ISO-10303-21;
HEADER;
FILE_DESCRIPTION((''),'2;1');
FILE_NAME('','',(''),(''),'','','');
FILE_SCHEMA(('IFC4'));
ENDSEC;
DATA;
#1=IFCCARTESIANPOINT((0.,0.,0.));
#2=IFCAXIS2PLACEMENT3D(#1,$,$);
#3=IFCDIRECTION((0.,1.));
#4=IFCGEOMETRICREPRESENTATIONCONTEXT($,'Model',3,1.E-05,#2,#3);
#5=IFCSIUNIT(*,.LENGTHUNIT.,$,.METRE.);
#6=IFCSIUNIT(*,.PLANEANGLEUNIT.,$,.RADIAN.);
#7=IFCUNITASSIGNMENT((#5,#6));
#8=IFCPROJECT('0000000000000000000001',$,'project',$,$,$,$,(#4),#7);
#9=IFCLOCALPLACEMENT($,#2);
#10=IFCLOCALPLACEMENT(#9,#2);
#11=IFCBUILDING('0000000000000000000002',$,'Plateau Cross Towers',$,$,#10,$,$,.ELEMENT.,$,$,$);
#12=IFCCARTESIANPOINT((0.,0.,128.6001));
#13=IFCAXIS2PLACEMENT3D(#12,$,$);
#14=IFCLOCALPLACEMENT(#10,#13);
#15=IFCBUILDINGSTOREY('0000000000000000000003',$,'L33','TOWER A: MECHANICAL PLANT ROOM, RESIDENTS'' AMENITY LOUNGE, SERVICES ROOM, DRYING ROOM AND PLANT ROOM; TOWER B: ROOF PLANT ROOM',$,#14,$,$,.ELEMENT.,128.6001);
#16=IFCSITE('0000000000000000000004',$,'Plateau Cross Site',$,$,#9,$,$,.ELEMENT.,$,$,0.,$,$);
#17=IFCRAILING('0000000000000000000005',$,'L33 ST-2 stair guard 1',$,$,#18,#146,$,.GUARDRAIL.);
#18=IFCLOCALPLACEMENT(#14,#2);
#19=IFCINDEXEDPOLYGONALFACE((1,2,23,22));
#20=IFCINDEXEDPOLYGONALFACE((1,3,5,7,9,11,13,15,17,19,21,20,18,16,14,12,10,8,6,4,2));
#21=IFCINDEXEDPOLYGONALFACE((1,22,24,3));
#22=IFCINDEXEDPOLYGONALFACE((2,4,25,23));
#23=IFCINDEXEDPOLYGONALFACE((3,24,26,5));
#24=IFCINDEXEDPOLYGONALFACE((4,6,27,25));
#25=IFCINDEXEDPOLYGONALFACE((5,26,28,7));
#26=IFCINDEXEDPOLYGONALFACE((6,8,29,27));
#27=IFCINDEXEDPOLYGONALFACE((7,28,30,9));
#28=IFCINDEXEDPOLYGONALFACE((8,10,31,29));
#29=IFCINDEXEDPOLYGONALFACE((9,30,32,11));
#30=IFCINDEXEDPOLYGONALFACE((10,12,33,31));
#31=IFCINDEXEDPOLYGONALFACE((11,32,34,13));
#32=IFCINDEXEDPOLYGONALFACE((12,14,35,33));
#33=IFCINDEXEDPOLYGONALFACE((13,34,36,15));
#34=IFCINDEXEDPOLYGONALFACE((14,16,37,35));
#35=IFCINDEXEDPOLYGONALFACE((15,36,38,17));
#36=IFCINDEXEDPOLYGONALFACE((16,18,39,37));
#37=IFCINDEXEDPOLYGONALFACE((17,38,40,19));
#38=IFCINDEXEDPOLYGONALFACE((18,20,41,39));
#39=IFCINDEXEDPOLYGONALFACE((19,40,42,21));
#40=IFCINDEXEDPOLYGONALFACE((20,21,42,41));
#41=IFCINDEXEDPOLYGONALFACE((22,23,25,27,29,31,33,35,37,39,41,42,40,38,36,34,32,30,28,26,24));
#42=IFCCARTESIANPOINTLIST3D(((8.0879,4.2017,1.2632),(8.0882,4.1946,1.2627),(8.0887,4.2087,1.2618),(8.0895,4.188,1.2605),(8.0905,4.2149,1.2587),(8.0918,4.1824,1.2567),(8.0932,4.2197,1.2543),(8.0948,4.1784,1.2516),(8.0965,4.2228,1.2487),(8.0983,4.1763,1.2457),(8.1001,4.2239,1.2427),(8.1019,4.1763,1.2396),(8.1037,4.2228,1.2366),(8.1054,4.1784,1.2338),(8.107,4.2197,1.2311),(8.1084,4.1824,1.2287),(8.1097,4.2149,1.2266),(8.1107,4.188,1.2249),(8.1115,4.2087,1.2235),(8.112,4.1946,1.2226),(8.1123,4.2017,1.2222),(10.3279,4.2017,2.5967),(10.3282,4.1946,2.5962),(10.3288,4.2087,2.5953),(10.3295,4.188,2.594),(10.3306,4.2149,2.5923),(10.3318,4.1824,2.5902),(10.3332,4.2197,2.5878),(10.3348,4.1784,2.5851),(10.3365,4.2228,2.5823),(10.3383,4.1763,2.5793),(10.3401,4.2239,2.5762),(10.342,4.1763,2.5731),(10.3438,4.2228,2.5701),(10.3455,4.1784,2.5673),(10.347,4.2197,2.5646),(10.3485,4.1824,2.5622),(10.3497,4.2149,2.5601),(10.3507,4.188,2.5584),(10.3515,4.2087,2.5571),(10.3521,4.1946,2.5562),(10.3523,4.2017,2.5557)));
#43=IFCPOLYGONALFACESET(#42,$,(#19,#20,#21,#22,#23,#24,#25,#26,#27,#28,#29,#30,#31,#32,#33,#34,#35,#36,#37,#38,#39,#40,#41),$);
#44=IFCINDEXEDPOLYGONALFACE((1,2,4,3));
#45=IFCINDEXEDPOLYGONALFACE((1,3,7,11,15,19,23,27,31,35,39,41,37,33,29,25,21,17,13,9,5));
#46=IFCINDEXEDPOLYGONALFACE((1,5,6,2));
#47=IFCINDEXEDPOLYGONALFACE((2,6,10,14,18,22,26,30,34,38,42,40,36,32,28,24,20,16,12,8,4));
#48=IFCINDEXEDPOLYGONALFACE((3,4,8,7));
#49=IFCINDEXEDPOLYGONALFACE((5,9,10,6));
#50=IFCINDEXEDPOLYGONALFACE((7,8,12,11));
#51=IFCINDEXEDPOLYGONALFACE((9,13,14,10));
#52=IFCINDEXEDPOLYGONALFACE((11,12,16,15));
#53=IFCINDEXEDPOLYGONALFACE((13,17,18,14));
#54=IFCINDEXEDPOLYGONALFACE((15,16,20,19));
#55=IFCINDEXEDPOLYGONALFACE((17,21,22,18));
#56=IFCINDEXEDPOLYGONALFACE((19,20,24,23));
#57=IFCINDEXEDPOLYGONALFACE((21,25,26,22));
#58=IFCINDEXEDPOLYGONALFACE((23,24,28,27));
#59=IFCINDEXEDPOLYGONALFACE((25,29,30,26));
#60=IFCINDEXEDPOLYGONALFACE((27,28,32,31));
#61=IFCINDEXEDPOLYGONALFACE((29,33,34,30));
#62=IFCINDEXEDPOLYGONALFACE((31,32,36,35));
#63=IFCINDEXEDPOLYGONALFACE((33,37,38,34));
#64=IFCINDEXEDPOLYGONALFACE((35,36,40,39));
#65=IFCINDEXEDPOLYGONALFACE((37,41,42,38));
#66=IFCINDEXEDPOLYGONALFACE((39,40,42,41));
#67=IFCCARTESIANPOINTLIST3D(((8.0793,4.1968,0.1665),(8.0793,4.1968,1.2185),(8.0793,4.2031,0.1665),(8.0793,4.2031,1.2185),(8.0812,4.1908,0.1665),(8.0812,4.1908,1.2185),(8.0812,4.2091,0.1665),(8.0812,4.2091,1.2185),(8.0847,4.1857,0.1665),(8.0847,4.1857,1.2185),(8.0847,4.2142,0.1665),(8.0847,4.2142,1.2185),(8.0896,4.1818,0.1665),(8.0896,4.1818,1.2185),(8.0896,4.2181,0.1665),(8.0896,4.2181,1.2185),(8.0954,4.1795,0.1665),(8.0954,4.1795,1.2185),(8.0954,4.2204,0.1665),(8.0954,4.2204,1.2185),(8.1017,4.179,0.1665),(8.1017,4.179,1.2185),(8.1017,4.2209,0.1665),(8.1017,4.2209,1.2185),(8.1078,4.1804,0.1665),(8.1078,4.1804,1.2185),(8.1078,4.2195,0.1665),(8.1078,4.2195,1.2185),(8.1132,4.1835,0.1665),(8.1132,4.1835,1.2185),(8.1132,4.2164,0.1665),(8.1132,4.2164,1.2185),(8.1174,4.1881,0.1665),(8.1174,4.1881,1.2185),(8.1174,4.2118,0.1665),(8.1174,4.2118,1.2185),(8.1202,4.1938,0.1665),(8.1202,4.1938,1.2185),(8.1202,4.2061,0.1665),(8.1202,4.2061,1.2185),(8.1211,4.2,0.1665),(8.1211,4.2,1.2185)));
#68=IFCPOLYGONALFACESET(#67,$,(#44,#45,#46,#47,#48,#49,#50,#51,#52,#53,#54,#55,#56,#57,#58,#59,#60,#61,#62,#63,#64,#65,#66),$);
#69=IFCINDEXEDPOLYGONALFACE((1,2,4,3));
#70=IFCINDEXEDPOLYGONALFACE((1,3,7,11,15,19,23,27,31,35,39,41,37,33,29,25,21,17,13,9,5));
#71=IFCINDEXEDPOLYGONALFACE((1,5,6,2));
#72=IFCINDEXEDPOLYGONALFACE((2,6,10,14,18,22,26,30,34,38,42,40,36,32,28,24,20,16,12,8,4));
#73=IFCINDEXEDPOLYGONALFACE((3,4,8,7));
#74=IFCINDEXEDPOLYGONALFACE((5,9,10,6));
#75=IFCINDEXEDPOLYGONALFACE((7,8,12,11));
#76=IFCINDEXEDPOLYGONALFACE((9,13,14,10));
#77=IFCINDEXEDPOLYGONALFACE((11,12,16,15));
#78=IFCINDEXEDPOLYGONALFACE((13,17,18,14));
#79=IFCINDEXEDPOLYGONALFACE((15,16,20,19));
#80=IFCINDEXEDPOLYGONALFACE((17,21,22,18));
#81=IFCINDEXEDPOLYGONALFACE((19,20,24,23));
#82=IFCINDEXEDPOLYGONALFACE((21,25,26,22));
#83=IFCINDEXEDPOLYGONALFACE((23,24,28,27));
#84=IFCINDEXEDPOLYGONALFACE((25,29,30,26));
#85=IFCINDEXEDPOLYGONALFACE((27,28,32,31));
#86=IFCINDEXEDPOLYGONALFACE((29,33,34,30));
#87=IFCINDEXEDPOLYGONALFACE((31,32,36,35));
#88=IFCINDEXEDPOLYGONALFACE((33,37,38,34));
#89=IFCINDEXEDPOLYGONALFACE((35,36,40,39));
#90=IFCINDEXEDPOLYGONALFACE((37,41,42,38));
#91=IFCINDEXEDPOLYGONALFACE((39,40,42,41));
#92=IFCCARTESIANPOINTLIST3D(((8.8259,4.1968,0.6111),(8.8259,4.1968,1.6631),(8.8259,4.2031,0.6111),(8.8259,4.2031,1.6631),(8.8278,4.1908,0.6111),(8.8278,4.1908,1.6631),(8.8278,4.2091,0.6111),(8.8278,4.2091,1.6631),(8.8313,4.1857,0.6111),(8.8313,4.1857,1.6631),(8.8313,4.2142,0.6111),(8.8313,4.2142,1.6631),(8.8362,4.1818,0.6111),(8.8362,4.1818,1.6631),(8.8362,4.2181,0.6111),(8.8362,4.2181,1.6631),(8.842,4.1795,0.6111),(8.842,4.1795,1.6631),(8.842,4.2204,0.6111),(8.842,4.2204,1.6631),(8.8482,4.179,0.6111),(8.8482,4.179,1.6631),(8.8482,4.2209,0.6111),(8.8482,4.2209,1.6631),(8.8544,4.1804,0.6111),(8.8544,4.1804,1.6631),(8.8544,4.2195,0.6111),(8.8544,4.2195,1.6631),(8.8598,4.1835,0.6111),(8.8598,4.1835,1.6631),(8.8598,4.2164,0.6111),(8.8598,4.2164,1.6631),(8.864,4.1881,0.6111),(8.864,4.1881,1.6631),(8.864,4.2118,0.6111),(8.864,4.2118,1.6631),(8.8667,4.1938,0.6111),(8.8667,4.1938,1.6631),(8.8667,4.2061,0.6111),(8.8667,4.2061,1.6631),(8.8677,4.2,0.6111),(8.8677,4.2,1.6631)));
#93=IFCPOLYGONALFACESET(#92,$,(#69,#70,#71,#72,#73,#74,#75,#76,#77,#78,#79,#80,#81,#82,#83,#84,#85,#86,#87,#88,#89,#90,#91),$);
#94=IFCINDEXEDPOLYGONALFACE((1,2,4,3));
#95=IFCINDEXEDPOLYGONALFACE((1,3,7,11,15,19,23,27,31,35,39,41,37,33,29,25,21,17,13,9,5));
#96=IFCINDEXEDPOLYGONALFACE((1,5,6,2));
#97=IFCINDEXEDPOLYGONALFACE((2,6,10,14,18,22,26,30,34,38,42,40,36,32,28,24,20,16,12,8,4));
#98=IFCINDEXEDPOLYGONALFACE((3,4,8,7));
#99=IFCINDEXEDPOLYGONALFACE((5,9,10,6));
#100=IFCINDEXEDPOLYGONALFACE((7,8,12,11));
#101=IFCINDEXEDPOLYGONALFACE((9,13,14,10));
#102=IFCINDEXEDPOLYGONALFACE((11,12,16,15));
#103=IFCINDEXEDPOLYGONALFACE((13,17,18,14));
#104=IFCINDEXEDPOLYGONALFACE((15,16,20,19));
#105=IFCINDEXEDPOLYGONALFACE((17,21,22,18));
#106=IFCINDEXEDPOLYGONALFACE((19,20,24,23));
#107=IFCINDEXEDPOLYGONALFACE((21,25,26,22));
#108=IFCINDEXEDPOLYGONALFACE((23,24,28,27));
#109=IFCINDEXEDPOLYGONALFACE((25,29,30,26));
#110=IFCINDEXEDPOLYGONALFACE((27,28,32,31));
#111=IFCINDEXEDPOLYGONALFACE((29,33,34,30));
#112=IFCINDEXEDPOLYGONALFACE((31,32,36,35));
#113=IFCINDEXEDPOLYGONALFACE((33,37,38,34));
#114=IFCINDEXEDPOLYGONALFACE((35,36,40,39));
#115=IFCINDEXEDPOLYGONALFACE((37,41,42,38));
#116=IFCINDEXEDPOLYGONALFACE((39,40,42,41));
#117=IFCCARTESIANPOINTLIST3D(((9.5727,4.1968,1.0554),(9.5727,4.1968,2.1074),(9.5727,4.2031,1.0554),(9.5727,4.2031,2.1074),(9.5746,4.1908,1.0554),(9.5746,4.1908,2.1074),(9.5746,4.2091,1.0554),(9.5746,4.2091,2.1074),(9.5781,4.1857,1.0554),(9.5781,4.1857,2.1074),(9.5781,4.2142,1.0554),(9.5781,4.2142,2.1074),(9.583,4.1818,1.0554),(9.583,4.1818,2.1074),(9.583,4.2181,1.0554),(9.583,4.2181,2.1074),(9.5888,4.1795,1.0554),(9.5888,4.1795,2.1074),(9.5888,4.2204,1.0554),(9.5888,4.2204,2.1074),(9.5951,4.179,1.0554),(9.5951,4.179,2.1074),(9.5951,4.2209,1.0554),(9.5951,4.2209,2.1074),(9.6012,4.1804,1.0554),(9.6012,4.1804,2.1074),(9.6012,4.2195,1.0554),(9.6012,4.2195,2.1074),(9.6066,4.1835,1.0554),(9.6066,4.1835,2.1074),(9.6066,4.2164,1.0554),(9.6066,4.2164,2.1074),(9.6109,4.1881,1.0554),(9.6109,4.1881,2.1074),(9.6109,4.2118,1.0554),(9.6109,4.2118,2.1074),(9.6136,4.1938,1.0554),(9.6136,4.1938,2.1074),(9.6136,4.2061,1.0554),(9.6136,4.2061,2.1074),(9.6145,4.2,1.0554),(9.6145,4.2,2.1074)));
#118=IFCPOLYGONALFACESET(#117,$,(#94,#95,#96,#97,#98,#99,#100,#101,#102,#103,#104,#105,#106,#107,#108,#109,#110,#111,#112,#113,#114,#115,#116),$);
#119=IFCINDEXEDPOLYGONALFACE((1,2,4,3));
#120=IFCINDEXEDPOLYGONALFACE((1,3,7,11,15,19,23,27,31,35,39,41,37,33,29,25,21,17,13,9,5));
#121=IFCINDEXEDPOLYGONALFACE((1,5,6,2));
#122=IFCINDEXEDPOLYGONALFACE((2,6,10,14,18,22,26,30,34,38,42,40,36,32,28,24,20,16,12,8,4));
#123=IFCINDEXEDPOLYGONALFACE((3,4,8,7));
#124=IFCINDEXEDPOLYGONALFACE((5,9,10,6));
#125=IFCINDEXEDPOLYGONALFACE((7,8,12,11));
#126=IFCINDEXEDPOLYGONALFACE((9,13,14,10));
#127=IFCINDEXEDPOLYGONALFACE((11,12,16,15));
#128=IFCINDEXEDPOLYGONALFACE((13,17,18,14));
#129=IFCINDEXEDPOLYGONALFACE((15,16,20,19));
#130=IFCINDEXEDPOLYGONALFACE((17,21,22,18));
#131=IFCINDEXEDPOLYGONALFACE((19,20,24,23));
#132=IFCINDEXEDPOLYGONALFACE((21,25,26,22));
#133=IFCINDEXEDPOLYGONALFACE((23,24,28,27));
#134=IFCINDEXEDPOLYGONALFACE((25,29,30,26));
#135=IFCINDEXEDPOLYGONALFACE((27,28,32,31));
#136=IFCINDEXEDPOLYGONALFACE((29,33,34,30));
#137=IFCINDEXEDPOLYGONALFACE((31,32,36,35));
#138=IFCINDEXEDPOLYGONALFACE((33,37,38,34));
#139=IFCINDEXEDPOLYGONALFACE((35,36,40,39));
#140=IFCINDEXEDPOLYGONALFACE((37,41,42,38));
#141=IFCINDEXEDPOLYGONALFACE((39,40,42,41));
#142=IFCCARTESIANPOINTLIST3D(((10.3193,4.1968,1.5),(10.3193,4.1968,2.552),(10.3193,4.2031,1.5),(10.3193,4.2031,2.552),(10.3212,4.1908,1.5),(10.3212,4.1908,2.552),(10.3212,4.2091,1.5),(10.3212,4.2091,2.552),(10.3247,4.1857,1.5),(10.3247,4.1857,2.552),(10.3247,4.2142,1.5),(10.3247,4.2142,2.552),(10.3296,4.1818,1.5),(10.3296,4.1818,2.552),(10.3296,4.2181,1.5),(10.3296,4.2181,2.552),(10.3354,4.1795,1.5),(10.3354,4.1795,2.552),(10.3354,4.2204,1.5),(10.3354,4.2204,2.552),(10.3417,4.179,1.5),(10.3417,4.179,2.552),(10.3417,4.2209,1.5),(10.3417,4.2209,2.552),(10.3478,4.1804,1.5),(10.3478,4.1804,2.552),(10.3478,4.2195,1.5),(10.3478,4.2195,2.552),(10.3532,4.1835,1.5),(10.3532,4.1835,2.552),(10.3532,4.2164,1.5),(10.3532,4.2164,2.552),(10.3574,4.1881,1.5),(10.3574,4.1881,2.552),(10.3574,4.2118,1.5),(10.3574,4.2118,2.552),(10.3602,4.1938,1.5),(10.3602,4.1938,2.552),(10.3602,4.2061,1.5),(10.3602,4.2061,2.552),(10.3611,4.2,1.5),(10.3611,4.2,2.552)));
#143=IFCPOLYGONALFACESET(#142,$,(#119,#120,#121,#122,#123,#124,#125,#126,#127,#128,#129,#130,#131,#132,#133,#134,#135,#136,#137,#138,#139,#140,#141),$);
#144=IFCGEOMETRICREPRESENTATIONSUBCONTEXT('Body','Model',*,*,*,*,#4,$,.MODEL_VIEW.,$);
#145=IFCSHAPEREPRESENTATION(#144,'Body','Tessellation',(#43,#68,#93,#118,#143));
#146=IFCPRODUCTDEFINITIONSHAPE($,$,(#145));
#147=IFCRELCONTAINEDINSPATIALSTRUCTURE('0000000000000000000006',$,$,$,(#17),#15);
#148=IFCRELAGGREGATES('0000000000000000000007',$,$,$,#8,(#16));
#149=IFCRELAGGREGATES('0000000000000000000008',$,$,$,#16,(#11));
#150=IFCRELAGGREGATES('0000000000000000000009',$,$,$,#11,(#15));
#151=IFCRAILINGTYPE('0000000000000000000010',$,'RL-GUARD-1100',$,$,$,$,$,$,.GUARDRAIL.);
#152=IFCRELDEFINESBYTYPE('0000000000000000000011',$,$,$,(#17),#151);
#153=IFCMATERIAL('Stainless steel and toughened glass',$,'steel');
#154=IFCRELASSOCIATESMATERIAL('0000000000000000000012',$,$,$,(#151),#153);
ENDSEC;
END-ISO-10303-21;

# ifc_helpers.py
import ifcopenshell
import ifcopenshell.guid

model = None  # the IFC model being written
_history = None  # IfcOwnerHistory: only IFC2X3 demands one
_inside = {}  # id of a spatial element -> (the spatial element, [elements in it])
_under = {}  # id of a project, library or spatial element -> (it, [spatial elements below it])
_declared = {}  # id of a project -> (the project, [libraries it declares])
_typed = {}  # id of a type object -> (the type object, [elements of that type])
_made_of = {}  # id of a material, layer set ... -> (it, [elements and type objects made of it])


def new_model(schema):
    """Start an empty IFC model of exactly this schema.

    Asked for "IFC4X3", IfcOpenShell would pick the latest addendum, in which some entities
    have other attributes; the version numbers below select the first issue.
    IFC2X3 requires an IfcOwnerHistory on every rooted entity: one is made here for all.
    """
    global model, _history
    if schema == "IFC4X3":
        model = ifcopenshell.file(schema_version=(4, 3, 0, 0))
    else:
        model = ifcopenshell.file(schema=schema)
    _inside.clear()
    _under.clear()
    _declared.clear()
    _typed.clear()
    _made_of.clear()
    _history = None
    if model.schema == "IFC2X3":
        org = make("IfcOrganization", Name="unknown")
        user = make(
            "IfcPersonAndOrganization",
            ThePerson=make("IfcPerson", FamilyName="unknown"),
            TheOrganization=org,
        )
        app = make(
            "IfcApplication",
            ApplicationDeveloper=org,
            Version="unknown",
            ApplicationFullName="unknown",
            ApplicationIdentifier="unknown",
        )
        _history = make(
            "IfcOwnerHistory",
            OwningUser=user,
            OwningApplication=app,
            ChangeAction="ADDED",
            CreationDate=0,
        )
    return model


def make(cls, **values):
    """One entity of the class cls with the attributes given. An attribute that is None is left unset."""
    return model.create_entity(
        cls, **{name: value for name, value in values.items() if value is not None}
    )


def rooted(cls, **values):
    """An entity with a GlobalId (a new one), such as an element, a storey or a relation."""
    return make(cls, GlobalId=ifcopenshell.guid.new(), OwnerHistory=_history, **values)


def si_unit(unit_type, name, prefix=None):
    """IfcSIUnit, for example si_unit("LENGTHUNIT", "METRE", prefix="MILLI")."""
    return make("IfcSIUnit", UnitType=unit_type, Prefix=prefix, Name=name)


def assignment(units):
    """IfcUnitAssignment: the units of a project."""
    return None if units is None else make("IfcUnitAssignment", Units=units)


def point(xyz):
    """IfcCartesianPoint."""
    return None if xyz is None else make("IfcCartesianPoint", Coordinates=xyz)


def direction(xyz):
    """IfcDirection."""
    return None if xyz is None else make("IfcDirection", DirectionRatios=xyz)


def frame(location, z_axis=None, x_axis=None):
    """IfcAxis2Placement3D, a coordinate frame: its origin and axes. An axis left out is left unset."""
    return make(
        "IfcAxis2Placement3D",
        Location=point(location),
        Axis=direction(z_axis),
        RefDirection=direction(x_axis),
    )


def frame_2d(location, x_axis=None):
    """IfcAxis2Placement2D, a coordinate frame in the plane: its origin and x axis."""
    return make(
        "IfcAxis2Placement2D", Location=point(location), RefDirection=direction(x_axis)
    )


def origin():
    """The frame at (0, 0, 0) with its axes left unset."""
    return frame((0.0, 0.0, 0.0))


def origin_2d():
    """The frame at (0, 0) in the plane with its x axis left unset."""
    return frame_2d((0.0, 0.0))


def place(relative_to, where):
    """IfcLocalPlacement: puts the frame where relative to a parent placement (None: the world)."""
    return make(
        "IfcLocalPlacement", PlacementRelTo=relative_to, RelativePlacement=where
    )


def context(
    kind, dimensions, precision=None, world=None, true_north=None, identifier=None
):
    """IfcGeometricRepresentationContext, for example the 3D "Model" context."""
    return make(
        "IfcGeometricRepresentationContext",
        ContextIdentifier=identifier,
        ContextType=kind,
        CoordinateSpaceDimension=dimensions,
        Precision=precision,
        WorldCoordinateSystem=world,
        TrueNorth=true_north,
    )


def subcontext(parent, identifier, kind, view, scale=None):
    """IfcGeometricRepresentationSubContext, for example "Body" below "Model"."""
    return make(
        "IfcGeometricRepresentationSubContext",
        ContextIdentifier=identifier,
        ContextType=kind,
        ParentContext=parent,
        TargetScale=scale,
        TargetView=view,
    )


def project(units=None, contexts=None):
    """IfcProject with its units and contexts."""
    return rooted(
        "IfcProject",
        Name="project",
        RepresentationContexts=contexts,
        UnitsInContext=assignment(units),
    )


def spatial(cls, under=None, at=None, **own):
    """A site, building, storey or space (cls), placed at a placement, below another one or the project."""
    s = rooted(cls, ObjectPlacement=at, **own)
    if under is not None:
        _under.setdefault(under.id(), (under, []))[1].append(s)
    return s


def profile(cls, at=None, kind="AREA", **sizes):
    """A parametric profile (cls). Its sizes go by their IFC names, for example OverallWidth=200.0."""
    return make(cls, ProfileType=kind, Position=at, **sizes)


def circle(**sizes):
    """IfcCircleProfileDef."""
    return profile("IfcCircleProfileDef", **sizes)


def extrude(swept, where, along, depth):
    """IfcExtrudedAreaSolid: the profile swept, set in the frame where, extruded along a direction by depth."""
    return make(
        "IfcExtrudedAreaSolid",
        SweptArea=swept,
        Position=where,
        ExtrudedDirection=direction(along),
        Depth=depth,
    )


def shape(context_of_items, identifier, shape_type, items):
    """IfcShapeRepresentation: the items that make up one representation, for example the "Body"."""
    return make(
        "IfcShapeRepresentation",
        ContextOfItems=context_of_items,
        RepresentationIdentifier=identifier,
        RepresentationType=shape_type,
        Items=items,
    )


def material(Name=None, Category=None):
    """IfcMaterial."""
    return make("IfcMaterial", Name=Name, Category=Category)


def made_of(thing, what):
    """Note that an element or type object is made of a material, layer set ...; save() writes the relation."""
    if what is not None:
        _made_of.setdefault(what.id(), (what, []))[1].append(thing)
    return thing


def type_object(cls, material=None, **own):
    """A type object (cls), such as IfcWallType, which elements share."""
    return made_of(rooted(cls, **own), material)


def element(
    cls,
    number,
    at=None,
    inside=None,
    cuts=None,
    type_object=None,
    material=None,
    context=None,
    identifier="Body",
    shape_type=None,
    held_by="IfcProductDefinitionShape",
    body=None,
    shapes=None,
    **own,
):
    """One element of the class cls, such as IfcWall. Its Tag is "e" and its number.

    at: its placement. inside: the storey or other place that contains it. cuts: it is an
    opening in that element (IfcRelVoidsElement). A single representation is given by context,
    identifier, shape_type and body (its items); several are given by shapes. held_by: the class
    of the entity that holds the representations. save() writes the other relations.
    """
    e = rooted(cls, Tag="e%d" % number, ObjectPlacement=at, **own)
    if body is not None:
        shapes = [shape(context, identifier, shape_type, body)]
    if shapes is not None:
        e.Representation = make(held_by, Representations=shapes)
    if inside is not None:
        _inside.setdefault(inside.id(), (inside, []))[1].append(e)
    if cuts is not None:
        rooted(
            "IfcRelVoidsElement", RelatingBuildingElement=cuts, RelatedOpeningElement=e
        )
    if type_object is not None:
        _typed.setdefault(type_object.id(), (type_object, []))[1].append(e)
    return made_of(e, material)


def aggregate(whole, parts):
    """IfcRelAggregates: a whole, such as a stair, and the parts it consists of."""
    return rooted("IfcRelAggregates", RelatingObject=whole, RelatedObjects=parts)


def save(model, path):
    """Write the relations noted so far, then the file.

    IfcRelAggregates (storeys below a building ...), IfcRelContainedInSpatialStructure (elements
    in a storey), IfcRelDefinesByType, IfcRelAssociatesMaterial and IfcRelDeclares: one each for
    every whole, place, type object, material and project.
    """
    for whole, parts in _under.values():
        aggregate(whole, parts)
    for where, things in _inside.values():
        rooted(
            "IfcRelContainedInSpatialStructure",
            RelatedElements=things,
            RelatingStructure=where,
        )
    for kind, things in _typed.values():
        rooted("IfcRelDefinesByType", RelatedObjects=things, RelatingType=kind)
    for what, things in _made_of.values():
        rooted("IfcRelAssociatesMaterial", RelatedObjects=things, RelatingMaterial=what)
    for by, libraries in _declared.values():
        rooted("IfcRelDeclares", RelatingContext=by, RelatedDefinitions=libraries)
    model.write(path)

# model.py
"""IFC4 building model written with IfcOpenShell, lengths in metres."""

from ifc_helpers import new_model, si_unit, direction, frame, origin, origin_2d, place, context, subcontext, project, spatial, circle, extrude, material, type_object, element, save


model = new_model("IFC4")

# Units and contexts
model_context = context("Model", 3, precision=1e-05, world=origin(), true_north=direction((0.0, 1.0)))
body_context = subcontext(model_context, "Body", "Model", "MODEL_VIEW")
ifc_project = project(units=[si_unit("LENGTHUNIT", "METRE"), si_unit("PLANEANGLEUNIT", "RADIAN")], contexts=[model_context])

# Site, building, storey
site_placement = place(None, origin())
site = spatial("IfcSite", under=ifc_project, at=site_placement, Name="Plateau Cross Site", CompositionType="ELEMENT", RefElevation=0.0)
building_placement = place(site_placement, origin())
building = spatial("IfcBuilding", under=site, at=building_placement, Name="Plateau Cross Towers", CompositionType="ELEMENT")
storey_placement = place(building_placement, frame((0.0, 0.0, 128.6001)))
storey = spatial("IfcBuildingStorey", under=building, at=storey_placement, Name="L33", Description="TOWER A: MECHANICAL PLANT ROOM, RESIDENTS' AMENITY LOUNGE, SERVICES ROOM, DRYING ROOM AND PLANT ROOM; TOWER B: ROOF PLANT ROOM", CompositionType="ELEMENT", Elevation=128.6001)

# Railing
ifc_material_1 = material(Name="Stainless steel and toughened glass", Category="steel")
railing_type_1 = type_object("IfcRailingType", Name="RL-GUARD-1100", PredefinedType="GUARDRAIL", material=ifc_material_1)
railing_1_placement = place(storey_placement, frame((8.1001, 4.2, 0.1665)))
element("IfcRailing", 1, at=railing_1_placement, inside=storey, type_object=railing_type_1, Name="L33 ST-2 stair guard 1", PredefinedType="GUARDRAIL", context=body_context, shape_type="SweptSolid", body=[
    extrude(circle(Radius=0.0239, at=origin_2d()), frame((0.0, 0.0, 1.0762), z_axis=(0.859264, 0.0, 0.511532), x_axis=(0.0, 1.0, 0.0)), (0.0, 0.0, 1.0), 2.6069),
    extrude(circle(Radius=0.021, at=origin_2d()), origin(), (0.0, 0.0, 1.0), 1.052),
    extrude(circle(Radius=0.021, at=origin_2d()), frame((0.7466, 0.0, 0.4446)), (0.0, 0.0, 1.0), 1.052),
    extrude(circle(Radius=0.021, at=origin_2d()), frame((1.4934, 0.0, 0.8889)), (0.0, 0.0, 1.0), 1.052),
    extrude(circle(Radius=0.021, at=origin_2d()), frame((2.24, 0.0, 1.3335)), (0.0, 0.0, 1.0), 1.052),
])

save(model, "model.ifc")
